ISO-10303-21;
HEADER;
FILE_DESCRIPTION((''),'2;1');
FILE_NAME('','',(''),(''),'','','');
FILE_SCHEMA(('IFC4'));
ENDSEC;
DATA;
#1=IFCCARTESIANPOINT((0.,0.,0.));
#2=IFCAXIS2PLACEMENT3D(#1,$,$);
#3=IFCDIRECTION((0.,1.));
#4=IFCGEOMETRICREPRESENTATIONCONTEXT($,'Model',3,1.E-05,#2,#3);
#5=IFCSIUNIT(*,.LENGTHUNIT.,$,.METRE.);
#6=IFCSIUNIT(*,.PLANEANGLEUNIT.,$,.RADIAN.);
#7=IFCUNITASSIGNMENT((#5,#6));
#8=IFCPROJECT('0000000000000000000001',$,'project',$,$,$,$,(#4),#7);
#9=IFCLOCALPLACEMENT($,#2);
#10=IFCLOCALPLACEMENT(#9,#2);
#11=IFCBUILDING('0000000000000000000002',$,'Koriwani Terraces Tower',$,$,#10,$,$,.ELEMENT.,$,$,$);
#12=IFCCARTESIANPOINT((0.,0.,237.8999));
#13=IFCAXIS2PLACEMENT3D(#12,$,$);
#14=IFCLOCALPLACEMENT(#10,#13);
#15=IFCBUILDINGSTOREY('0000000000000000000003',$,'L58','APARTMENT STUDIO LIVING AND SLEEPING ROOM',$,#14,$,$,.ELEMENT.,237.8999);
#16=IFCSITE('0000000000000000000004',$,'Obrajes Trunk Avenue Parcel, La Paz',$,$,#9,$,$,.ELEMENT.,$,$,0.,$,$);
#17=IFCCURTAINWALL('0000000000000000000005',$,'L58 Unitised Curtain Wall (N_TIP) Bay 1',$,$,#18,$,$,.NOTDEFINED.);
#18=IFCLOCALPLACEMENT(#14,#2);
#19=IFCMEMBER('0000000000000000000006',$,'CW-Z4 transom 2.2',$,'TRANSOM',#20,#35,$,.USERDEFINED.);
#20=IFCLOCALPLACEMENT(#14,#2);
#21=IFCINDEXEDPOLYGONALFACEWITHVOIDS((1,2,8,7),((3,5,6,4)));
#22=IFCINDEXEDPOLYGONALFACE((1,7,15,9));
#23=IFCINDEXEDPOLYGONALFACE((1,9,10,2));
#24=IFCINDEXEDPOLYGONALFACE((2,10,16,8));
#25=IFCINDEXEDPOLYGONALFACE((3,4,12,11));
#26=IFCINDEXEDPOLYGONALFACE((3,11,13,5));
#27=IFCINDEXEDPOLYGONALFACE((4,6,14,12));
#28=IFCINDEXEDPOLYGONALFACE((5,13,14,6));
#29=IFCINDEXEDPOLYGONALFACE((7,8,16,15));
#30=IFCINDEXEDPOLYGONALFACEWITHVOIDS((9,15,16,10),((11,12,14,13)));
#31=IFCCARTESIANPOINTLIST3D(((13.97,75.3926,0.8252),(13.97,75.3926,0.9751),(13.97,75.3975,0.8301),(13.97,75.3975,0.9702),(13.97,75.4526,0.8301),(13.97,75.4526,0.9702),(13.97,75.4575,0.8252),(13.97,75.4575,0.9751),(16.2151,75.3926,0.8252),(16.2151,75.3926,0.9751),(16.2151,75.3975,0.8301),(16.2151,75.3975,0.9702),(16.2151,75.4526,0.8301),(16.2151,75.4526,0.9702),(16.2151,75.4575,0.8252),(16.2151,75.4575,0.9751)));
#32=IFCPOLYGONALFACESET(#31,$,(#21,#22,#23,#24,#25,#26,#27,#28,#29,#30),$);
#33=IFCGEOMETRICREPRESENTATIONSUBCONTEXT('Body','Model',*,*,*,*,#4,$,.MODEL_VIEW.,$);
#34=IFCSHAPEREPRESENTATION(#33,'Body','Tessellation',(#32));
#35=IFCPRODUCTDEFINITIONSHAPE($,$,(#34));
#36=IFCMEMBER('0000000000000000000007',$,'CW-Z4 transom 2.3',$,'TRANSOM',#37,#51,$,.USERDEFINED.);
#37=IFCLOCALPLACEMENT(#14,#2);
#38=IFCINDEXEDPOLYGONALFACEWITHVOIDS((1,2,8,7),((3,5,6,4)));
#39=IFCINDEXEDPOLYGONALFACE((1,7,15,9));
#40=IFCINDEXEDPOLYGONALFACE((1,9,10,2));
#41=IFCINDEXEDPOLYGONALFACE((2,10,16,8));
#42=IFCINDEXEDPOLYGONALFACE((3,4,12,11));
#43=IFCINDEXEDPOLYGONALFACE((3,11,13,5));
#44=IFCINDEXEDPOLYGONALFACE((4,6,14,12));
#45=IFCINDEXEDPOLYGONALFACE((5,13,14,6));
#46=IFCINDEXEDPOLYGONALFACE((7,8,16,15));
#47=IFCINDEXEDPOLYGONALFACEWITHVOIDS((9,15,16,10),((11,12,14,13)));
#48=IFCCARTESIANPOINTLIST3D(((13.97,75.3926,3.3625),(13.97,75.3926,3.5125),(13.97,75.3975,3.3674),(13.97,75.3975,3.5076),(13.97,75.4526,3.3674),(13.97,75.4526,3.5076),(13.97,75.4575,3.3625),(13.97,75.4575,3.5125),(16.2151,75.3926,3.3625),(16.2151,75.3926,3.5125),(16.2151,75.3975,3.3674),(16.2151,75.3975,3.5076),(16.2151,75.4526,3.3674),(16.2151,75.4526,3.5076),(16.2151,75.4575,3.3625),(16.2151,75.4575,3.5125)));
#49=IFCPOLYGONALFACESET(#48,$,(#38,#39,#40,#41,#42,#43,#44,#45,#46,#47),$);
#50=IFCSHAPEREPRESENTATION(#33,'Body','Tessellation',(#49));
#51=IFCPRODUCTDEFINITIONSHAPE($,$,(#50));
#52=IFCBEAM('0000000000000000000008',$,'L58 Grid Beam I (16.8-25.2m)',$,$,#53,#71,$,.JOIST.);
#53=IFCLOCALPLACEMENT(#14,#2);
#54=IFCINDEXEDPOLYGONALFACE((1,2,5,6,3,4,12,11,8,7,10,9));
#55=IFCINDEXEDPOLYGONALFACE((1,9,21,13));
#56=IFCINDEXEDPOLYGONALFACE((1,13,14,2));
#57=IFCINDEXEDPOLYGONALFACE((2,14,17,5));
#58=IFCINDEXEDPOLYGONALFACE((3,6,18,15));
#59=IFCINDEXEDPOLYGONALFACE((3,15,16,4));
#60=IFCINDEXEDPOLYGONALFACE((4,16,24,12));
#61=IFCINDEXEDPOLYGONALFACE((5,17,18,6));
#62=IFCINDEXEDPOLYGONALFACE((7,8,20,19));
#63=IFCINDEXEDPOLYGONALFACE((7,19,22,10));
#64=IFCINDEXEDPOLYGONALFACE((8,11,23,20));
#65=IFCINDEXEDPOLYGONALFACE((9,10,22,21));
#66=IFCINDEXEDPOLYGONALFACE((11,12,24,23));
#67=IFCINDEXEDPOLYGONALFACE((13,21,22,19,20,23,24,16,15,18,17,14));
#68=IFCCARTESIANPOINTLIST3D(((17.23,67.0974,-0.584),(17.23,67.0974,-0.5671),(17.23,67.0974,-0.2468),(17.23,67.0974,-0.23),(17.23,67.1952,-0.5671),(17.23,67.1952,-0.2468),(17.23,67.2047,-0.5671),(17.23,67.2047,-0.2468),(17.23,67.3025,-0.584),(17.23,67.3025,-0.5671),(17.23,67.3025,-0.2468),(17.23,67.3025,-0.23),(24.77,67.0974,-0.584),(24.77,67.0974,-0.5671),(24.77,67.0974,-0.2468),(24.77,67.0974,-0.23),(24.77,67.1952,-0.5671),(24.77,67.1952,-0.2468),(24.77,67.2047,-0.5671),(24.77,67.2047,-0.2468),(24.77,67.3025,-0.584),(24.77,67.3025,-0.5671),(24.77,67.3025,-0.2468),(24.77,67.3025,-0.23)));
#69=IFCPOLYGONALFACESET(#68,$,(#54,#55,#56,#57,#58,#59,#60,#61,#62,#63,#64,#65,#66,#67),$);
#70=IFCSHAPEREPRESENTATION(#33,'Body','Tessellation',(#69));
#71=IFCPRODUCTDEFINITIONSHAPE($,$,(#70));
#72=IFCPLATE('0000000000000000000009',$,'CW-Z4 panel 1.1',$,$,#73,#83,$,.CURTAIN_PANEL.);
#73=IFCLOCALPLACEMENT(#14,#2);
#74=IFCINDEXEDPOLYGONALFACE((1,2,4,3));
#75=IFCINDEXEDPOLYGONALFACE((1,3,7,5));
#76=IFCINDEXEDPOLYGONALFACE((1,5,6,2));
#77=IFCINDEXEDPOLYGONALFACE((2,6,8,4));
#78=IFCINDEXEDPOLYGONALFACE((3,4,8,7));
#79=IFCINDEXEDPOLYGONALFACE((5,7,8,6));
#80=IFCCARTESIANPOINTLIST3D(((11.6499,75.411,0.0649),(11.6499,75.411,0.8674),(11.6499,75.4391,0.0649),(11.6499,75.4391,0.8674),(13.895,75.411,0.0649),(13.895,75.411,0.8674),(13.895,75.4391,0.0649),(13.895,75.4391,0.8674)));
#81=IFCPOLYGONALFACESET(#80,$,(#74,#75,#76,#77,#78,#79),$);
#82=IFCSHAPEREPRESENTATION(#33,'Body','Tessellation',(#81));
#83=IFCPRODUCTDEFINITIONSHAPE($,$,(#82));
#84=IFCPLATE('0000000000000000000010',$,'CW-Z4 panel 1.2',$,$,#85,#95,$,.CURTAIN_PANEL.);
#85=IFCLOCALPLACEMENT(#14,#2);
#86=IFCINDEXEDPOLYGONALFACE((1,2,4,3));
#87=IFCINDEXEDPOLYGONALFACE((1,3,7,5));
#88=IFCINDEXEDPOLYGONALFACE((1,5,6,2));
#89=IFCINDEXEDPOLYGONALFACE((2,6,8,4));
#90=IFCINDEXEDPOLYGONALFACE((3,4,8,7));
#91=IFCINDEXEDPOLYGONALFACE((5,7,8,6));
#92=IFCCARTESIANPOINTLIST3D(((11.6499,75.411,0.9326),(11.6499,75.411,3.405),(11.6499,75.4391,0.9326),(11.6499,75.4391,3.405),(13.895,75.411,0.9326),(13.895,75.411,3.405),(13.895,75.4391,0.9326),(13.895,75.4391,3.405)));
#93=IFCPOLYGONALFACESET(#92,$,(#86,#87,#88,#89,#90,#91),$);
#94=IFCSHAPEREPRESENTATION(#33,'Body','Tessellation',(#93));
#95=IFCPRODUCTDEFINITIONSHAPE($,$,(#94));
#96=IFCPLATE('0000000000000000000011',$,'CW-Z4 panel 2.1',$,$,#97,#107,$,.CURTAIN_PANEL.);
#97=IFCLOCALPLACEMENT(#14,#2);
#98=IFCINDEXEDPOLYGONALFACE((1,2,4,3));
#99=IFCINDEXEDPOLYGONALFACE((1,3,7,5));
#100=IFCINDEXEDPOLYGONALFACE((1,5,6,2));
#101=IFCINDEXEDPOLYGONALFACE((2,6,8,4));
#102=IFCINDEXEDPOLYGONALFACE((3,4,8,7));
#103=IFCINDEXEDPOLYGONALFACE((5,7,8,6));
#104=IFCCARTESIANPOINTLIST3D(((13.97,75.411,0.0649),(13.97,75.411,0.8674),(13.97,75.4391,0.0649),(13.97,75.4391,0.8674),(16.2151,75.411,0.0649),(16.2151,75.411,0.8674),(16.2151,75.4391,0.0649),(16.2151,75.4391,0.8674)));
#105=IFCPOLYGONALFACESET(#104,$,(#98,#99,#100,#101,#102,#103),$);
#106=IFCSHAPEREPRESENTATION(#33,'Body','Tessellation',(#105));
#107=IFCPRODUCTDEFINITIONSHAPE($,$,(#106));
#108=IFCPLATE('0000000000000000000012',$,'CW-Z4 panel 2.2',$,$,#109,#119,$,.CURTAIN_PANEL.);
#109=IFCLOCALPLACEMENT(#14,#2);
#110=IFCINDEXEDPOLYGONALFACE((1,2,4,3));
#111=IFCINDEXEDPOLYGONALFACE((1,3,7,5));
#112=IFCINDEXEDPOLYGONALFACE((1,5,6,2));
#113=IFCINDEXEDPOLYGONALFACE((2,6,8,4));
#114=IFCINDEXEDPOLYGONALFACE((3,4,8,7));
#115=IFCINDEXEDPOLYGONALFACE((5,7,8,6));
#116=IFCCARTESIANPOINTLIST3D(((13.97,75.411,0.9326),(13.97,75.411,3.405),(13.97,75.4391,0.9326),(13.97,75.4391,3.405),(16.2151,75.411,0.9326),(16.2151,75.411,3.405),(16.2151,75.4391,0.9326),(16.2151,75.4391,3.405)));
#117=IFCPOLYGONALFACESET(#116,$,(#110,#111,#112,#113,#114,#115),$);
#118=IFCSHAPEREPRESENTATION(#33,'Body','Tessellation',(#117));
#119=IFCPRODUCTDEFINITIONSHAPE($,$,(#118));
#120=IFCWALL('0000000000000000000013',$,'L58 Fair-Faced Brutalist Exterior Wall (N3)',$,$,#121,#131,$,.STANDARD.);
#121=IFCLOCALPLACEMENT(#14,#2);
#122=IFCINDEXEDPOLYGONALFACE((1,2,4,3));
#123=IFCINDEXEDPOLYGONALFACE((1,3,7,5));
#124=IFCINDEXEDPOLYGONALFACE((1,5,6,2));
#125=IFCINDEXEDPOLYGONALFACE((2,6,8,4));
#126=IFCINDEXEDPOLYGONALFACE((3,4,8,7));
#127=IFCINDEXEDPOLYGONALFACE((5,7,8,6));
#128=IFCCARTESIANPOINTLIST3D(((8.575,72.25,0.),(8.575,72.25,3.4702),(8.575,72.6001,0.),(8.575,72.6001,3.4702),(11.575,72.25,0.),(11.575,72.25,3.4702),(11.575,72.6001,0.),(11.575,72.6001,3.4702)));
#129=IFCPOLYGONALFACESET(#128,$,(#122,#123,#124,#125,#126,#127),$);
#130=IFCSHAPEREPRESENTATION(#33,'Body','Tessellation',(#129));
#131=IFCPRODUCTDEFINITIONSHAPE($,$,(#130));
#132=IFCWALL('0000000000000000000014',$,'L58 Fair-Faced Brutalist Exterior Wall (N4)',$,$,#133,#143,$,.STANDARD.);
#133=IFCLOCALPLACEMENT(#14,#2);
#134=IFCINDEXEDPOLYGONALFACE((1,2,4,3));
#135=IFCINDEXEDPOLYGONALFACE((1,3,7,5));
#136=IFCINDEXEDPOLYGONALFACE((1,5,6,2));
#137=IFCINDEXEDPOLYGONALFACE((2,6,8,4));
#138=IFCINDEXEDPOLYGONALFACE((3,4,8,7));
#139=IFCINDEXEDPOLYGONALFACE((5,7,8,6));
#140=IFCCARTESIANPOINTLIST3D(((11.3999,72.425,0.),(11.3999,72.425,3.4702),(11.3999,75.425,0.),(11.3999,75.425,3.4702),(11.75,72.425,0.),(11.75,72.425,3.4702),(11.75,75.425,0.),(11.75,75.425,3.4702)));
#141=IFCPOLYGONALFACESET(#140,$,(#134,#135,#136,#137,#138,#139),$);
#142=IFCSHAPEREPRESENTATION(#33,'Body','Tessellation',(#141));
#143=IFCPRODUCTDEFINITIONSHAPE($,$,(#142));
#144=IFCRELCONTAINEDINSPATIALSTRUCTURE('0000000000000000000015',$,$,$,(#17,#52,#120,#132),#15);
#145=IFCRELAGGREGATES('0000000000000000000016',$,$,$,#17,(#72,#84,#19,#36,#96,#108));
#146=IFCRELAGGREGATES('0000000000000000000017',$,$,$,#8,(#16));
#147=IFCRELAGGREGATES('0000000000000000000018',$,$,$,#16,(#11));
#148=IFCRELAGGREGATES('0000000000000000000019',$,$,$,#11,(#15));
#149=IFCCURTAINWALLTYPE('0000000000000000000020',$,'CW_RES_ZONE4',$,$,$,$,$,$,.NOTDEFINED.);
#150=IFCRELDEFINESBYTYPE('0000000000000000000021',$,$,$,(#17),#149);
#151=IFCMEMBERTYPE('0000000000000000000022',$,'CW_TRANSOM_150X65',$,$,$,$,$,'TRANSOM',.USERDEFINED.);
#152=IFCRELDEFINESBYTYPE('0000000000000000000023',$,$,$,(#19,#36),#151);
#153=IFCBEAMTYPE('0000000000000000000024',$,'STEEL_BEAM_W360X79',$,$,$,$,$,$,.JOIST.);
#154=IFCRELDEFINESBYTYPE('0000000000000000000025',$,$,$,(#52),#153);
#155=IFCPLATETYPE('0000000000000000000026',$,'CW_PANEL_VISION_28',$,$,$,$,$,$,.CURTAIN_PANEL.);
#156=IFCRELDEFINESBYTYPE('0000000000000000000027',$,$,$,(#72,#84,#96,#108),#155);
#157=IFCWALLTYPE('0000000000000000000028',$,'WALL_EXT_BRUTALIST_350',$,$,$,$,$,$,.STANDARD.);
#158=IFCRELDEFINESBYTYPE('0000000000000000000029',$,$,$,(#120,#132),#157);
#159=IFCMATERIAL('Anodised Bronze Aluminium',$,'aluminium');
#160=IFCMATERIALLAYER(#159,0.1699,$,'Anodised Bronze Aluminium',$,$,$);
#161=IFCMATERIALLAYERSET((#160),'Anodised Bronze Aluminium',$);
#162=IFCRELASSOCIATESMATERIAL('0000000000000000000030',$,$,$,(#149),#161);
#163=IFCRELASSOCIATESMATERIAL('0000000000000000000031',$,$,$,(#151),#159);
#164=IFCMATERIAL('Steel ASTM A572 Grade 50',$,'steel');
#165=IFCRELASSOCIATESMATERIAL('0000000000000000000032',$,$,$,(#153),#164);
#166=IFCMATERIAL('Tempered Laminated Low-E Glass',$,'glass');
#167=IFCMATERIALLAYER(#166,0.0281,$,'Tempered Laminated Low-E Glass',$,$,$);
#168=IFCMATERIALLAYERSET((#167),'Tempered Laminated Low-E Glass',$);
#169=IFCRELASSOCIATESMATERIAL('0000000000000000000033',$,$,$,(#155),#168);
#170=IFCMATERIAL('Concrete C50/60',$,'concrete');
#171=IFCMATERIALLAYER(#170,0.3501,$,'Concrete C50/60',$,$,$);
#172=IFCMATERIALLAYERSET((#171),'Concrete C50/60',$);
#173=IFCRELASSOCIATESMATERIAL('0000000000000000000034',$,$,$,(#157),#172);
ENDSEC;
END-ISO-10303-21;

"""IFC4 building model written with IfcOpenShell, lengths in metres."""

from ifc_helpers import new_model, si_unit, direction, frame, frame_2d, origin, origin_2d, place, context, subcontext, project, spatial, rectangle, hollow_rectangle, i_section, extrude, material, layer, layer_set, material_profile, profile_set, type_object, element, aggregate, save


model = new_model("IFC4")

# Units and contexts
model_context = context("Model", 3, precision=1e-05, world=origin(), true_north=direction((0.0, 1.0)))
body_context = subcontext(model_context, "Body", "Model", "MODEL_VIEW")
ifc_project = project(units=[si_unit("LENGTHUNIT", "METRE"), si_unit("PLANEANGLEUNIT", "RADIAN")], contexts=[model_context])

# Site, building, storey
site_placement = place(None, origin())
site = spatial("IfcSite", under=ifc_project, at=site_placement, Name="Obrajes Trunk Avenue Parcel, La Paz", CompositionType="ELEMENT", RefElevation=0.0)
building_placement = place(site_placement, origin())
building = spatial("IfcBuilding", under=site, at=building_placement, Name="Koriwani Terraces Tower", CompositionType="ELEMENT")
storey_placement = place(building_placement, frame((0.0, 0.0, 237.8999)))
storey = spatial("IfcBuildingStorey", under=building, at=storey_placement, Name="L58", Description="APARTMENT STUDIO LIVING AND SLEEPING ROOM", CompositionType="ELEMENT", Elevation=237.8999)

# Shared definitions
ifc_material_1 = material(Name="Concrete C50/60", Category="concrete")

# Curtain wall
ifc_material_2 = material(Name="Anodised Bronze Aluminium", Category="aluminium")
ifc_layer_1 = layer(ifc_material_2, 0.1699, Name="Anodised Bronze Aluminium")
ifc_layer_set_1 = layer_set([ifc_layer_1], Name="Anodised Bronze Aluminium")
curtain_wall_type = type_object("IfcCurtainWallType", Name="CW_RES_ZONE4", PredefinedType="NOTDEFINED", material=ifc_layer_set_1)
curtain_wall_1_placement = place(storey_placement, origin())
curtain_wall_1 = element("IfcCurtainWall", 1, at=curtain_wall_1_placement, inside=storey, type_object=curtain_wall_type, Name="L58 Unitised Curtain Wall (N_TIP) Bay 1", PredefinedType="NOTDEFINED")

# Members
ifc_material_profile_1 = material_profile(ifc_material_2, hollow_rectangle(XDim=0.0649, YDim=0.1499, WallThickness=0.0049, at=origin_2d()), Name="Anodised Bronze Aluminium", Category="LoadBearing")
ifc_profile_set_1 = profile_set([ifc_material_profile_1], Name="Anodised Bronze Aluminium")
member_type_1 = type_object("IfcMemberType", Name="CW_TRANSOM_150X65", ElementType="TRANSOM", PredefinedType="USERDEFINED", material=ifc_profile_set_1)
member_1_placement = place(storey_placement, frame((13.97, 75.425, 0.9001), z_axis=(1.0, 0.0, 0.0), x_axis=(0.0, 1.0, 0.0)))
member_1 = element("IfcMember", 2, at=member_1_placement, type_object=member_type_1, Name="CW-Z4 transom 2.2", ObjectType="TRANSOM", PredefinedType="USERDEFINED", context=body_context, shape_type="SweptSolid", body=[
    extrude(hollow_rectangle(XDim=0.0649, YDim=0.1499, WallThickness=0.0049, at=origin_2d()), origin(), (0.0, 0.0, 1.0), 2.2451),
])
member_2_placement = place(storey_placement, frame((13.97, 75.425, 3.4375), z_axis=(1.0, 0.0, 0.0), x_axis=(0.0, 1.0, 0.0)))
member_2 = element("IfcMember", 3, at=member_2_placement, type_object=member_type_1, Name="CW-Z4 transom 2.3", ObjectType="TRANSOM", PredefinedType="USERDEFINED", context=body_context, shape_type="SweptSolid", body=[
    extrude(hollow_rectangle(XDim=0.0649, YDim=0.1499, WallThickness=0.0049, at=origin_2d()), origin(), (0.0, 0.0, 1.0), 2.2451),
])

# Beam
ifc_material_3 = material(Name="Steel ASTM A572 Grade 50", Category="steel")
ifc_material_profile_2 = material_profile(ifc_material_3, i_section(OverallWidth=0.2051, OverallDepth=0.354, WebThickness=0.0095, FlangeThickness=0.0168, at=origin_2d()), Name="Steel ASTM A572 Grade 50", Category="LoadBearing")
ifc_profile_set_2 = profile_set([ifc_material_profile_2], Name="Steel ASTM A572 Grade 50")
beam_type_1 = type_object("IfcBeamType", Name="STEEL_BEAM_W360X79", PredefinedType="JOIST", material=ifc_profile_set_2)
beam_placement = place(storey_placement, frame((17.23, 67.2, -0.407), z_axis=(1.0, 0.0, 0.0), x_axis=(0.0, 1.0, 0.0)))
element("IfcBeam", 4, at=beam_placement, inside=storey, type_object=beam_type_1, Name="L58 Grid Beam I (16.8-25.2m)", PredefinedType="JOIST", context=body_context, shape_type="SweptSolid", body=[
    extrude(i_section(OverallWidth=0.2051, OverallDepth=0.354, WebThickness=0.0095, FlangeThickness=0.0168, at=origin_2d()), origin(), (0.0, 0.0, 1.0), 7.54),
])

# Plates
ifc_material_4 = material(Name="Tempered Laminated Low-E Glass", Category="glass")
ifc_layer_2 = layer(ifc_material_4, 0.0281, Name="Tempered Laminated Low-E Glass")
ifc_layer_set_2 = layer_set([ifc_layer_2], Name="Tempered Laminated Low-E Glass")
plate_type = type_object("IfcPlateType", Name="CW_PANEL_VISION_28", PredefinedType="CURTAIN_PANEL", material=ifc_layer_set_2)
plate_1_placement = place(storey_placement, frame((12.7725, 75.425, 0.0649), z_axis=(0.0, 0.0, 1.0), x_axis=(1.0, 0.0, 0.0)))
plate_1 = element("IfcPlate", 5, at=plate_1_placement, type_object=plate_type, Name="CW-Z4 panel 1.1", PredefinedType="CURTAIN_PANEL", context=body_context, shape_type="SweptSolid", body=[
    extrude(rectangle(XDim=2.2451, YDim=0.0281, at=origin_2d()), origin(), (0.0, 0.0, 1.0), 0.8025),
])
plate_2_placement = place(storey_placement, frame((12.7725, 75.425, 0.9326), z_axis=(0.0, 0.0, 1.0), x_axis=(1.0, 0.0, 0.0)))
plate_2 = element("IfcPlate", 6, at=plate_2_placement, type_object=plate_type, Name="CW-Z4 panel 1.2", PredefinedType="CURTAIN_PANEL", context=body_context, shape_type="SweptSolid", body=[
    extrude(rectangle(XDim=2.2451, YDim=0.0281, at=origin_2d()), origin(), (0.0, 0.0, 1.0), 2.4724),
])
plate_3_placement = place(storey_placement, frame((15.0925, 75.425, 0.0649), z_axis=(0.0, 0.0, 1.0), x_axis=(1.0, 0.0, 0.0)))
plate_3 = element("IfcPlate", 7, at=plate_3_placement, type_object=plate_type, Name="CW-Z4 panel 2.1", PredefinedType="CURTAIN_PANEL", context=body_context, shape_type="SweptSolid", body=[
    extrude(rectangle(XDim=2.2451, YDim=0.0281, at=origin_2d()), origin(), (0.0, 0.0, 1.0), 0.8025),
])
plate_4_placement = place(storey_placement, frame((15.0925, 75.425, 0.9326), z_axis=(0.0, 0.0, 1.0), x_axis=(1.0, 0.0, 0.0)))
plate_4 = element("IfcPlate", 8, at=plate_4_placement, type_object=plate_type, Name="CW-Z4 panel 2.2", PredefinedType="CURTAIN_PANEL", context=body_context, shape_type="SweptSolid", body=[
    extrude(rectangle(XDim=2.2451, YDim=0.0281, at=origin_2d()), origin(), (0.0, 0.0, 1.0), 2.4724),
])
aggregate(curtain_wall_1, [plate_1, plate_2, member_1, member_2, plate_3, plate_4])

# Walls
ifc_layer_3 = layer(ifc_material_1, 0.3501, Name="Concrete C50/60")
ifc_layer_set_3 = layer_set([ifc_layer_3], Name="Concrete C50/60")
wall_type = type_object("IfcWallType", Name="WALL_EXT_BRUTALIST_350", PredefinedType="STANDARD", material=ifc_layer_set_3)
for number, where, z_axis, x_axis, name in (
    (9, (8.575, 72.425, 0.0), (0.0, 0.0, 1.0), (1.0, 0.0, 0.0), "L58 Fair-Faced Brutalist Exterior Wall (N3)"),
    (10, (11.575, 72.425, 0.0), (0.0, 0.0, 1.0), (0.0, 1.0, 0.0), "L58 Fair-Faced Brutalist Exterior Wall (N4)"),
):
    element("IfcWall", number, at=place(storey_placement, frame(where, z_axis=z_axis, x_axis=x_axis)), inside=storey, type_object=wall_type, Name=name, PredefinedType="STANDARD", context=body_context, shape_type="SweptSolid", body=[
        extrude(rectangle(XDim=3.0, YDim=0.3501, at=frame_2d((1.5, 0.0))), origin(), (0.0, 0.0, 1.0), 3.4702),
    ])

save(model, "model.ifc")
